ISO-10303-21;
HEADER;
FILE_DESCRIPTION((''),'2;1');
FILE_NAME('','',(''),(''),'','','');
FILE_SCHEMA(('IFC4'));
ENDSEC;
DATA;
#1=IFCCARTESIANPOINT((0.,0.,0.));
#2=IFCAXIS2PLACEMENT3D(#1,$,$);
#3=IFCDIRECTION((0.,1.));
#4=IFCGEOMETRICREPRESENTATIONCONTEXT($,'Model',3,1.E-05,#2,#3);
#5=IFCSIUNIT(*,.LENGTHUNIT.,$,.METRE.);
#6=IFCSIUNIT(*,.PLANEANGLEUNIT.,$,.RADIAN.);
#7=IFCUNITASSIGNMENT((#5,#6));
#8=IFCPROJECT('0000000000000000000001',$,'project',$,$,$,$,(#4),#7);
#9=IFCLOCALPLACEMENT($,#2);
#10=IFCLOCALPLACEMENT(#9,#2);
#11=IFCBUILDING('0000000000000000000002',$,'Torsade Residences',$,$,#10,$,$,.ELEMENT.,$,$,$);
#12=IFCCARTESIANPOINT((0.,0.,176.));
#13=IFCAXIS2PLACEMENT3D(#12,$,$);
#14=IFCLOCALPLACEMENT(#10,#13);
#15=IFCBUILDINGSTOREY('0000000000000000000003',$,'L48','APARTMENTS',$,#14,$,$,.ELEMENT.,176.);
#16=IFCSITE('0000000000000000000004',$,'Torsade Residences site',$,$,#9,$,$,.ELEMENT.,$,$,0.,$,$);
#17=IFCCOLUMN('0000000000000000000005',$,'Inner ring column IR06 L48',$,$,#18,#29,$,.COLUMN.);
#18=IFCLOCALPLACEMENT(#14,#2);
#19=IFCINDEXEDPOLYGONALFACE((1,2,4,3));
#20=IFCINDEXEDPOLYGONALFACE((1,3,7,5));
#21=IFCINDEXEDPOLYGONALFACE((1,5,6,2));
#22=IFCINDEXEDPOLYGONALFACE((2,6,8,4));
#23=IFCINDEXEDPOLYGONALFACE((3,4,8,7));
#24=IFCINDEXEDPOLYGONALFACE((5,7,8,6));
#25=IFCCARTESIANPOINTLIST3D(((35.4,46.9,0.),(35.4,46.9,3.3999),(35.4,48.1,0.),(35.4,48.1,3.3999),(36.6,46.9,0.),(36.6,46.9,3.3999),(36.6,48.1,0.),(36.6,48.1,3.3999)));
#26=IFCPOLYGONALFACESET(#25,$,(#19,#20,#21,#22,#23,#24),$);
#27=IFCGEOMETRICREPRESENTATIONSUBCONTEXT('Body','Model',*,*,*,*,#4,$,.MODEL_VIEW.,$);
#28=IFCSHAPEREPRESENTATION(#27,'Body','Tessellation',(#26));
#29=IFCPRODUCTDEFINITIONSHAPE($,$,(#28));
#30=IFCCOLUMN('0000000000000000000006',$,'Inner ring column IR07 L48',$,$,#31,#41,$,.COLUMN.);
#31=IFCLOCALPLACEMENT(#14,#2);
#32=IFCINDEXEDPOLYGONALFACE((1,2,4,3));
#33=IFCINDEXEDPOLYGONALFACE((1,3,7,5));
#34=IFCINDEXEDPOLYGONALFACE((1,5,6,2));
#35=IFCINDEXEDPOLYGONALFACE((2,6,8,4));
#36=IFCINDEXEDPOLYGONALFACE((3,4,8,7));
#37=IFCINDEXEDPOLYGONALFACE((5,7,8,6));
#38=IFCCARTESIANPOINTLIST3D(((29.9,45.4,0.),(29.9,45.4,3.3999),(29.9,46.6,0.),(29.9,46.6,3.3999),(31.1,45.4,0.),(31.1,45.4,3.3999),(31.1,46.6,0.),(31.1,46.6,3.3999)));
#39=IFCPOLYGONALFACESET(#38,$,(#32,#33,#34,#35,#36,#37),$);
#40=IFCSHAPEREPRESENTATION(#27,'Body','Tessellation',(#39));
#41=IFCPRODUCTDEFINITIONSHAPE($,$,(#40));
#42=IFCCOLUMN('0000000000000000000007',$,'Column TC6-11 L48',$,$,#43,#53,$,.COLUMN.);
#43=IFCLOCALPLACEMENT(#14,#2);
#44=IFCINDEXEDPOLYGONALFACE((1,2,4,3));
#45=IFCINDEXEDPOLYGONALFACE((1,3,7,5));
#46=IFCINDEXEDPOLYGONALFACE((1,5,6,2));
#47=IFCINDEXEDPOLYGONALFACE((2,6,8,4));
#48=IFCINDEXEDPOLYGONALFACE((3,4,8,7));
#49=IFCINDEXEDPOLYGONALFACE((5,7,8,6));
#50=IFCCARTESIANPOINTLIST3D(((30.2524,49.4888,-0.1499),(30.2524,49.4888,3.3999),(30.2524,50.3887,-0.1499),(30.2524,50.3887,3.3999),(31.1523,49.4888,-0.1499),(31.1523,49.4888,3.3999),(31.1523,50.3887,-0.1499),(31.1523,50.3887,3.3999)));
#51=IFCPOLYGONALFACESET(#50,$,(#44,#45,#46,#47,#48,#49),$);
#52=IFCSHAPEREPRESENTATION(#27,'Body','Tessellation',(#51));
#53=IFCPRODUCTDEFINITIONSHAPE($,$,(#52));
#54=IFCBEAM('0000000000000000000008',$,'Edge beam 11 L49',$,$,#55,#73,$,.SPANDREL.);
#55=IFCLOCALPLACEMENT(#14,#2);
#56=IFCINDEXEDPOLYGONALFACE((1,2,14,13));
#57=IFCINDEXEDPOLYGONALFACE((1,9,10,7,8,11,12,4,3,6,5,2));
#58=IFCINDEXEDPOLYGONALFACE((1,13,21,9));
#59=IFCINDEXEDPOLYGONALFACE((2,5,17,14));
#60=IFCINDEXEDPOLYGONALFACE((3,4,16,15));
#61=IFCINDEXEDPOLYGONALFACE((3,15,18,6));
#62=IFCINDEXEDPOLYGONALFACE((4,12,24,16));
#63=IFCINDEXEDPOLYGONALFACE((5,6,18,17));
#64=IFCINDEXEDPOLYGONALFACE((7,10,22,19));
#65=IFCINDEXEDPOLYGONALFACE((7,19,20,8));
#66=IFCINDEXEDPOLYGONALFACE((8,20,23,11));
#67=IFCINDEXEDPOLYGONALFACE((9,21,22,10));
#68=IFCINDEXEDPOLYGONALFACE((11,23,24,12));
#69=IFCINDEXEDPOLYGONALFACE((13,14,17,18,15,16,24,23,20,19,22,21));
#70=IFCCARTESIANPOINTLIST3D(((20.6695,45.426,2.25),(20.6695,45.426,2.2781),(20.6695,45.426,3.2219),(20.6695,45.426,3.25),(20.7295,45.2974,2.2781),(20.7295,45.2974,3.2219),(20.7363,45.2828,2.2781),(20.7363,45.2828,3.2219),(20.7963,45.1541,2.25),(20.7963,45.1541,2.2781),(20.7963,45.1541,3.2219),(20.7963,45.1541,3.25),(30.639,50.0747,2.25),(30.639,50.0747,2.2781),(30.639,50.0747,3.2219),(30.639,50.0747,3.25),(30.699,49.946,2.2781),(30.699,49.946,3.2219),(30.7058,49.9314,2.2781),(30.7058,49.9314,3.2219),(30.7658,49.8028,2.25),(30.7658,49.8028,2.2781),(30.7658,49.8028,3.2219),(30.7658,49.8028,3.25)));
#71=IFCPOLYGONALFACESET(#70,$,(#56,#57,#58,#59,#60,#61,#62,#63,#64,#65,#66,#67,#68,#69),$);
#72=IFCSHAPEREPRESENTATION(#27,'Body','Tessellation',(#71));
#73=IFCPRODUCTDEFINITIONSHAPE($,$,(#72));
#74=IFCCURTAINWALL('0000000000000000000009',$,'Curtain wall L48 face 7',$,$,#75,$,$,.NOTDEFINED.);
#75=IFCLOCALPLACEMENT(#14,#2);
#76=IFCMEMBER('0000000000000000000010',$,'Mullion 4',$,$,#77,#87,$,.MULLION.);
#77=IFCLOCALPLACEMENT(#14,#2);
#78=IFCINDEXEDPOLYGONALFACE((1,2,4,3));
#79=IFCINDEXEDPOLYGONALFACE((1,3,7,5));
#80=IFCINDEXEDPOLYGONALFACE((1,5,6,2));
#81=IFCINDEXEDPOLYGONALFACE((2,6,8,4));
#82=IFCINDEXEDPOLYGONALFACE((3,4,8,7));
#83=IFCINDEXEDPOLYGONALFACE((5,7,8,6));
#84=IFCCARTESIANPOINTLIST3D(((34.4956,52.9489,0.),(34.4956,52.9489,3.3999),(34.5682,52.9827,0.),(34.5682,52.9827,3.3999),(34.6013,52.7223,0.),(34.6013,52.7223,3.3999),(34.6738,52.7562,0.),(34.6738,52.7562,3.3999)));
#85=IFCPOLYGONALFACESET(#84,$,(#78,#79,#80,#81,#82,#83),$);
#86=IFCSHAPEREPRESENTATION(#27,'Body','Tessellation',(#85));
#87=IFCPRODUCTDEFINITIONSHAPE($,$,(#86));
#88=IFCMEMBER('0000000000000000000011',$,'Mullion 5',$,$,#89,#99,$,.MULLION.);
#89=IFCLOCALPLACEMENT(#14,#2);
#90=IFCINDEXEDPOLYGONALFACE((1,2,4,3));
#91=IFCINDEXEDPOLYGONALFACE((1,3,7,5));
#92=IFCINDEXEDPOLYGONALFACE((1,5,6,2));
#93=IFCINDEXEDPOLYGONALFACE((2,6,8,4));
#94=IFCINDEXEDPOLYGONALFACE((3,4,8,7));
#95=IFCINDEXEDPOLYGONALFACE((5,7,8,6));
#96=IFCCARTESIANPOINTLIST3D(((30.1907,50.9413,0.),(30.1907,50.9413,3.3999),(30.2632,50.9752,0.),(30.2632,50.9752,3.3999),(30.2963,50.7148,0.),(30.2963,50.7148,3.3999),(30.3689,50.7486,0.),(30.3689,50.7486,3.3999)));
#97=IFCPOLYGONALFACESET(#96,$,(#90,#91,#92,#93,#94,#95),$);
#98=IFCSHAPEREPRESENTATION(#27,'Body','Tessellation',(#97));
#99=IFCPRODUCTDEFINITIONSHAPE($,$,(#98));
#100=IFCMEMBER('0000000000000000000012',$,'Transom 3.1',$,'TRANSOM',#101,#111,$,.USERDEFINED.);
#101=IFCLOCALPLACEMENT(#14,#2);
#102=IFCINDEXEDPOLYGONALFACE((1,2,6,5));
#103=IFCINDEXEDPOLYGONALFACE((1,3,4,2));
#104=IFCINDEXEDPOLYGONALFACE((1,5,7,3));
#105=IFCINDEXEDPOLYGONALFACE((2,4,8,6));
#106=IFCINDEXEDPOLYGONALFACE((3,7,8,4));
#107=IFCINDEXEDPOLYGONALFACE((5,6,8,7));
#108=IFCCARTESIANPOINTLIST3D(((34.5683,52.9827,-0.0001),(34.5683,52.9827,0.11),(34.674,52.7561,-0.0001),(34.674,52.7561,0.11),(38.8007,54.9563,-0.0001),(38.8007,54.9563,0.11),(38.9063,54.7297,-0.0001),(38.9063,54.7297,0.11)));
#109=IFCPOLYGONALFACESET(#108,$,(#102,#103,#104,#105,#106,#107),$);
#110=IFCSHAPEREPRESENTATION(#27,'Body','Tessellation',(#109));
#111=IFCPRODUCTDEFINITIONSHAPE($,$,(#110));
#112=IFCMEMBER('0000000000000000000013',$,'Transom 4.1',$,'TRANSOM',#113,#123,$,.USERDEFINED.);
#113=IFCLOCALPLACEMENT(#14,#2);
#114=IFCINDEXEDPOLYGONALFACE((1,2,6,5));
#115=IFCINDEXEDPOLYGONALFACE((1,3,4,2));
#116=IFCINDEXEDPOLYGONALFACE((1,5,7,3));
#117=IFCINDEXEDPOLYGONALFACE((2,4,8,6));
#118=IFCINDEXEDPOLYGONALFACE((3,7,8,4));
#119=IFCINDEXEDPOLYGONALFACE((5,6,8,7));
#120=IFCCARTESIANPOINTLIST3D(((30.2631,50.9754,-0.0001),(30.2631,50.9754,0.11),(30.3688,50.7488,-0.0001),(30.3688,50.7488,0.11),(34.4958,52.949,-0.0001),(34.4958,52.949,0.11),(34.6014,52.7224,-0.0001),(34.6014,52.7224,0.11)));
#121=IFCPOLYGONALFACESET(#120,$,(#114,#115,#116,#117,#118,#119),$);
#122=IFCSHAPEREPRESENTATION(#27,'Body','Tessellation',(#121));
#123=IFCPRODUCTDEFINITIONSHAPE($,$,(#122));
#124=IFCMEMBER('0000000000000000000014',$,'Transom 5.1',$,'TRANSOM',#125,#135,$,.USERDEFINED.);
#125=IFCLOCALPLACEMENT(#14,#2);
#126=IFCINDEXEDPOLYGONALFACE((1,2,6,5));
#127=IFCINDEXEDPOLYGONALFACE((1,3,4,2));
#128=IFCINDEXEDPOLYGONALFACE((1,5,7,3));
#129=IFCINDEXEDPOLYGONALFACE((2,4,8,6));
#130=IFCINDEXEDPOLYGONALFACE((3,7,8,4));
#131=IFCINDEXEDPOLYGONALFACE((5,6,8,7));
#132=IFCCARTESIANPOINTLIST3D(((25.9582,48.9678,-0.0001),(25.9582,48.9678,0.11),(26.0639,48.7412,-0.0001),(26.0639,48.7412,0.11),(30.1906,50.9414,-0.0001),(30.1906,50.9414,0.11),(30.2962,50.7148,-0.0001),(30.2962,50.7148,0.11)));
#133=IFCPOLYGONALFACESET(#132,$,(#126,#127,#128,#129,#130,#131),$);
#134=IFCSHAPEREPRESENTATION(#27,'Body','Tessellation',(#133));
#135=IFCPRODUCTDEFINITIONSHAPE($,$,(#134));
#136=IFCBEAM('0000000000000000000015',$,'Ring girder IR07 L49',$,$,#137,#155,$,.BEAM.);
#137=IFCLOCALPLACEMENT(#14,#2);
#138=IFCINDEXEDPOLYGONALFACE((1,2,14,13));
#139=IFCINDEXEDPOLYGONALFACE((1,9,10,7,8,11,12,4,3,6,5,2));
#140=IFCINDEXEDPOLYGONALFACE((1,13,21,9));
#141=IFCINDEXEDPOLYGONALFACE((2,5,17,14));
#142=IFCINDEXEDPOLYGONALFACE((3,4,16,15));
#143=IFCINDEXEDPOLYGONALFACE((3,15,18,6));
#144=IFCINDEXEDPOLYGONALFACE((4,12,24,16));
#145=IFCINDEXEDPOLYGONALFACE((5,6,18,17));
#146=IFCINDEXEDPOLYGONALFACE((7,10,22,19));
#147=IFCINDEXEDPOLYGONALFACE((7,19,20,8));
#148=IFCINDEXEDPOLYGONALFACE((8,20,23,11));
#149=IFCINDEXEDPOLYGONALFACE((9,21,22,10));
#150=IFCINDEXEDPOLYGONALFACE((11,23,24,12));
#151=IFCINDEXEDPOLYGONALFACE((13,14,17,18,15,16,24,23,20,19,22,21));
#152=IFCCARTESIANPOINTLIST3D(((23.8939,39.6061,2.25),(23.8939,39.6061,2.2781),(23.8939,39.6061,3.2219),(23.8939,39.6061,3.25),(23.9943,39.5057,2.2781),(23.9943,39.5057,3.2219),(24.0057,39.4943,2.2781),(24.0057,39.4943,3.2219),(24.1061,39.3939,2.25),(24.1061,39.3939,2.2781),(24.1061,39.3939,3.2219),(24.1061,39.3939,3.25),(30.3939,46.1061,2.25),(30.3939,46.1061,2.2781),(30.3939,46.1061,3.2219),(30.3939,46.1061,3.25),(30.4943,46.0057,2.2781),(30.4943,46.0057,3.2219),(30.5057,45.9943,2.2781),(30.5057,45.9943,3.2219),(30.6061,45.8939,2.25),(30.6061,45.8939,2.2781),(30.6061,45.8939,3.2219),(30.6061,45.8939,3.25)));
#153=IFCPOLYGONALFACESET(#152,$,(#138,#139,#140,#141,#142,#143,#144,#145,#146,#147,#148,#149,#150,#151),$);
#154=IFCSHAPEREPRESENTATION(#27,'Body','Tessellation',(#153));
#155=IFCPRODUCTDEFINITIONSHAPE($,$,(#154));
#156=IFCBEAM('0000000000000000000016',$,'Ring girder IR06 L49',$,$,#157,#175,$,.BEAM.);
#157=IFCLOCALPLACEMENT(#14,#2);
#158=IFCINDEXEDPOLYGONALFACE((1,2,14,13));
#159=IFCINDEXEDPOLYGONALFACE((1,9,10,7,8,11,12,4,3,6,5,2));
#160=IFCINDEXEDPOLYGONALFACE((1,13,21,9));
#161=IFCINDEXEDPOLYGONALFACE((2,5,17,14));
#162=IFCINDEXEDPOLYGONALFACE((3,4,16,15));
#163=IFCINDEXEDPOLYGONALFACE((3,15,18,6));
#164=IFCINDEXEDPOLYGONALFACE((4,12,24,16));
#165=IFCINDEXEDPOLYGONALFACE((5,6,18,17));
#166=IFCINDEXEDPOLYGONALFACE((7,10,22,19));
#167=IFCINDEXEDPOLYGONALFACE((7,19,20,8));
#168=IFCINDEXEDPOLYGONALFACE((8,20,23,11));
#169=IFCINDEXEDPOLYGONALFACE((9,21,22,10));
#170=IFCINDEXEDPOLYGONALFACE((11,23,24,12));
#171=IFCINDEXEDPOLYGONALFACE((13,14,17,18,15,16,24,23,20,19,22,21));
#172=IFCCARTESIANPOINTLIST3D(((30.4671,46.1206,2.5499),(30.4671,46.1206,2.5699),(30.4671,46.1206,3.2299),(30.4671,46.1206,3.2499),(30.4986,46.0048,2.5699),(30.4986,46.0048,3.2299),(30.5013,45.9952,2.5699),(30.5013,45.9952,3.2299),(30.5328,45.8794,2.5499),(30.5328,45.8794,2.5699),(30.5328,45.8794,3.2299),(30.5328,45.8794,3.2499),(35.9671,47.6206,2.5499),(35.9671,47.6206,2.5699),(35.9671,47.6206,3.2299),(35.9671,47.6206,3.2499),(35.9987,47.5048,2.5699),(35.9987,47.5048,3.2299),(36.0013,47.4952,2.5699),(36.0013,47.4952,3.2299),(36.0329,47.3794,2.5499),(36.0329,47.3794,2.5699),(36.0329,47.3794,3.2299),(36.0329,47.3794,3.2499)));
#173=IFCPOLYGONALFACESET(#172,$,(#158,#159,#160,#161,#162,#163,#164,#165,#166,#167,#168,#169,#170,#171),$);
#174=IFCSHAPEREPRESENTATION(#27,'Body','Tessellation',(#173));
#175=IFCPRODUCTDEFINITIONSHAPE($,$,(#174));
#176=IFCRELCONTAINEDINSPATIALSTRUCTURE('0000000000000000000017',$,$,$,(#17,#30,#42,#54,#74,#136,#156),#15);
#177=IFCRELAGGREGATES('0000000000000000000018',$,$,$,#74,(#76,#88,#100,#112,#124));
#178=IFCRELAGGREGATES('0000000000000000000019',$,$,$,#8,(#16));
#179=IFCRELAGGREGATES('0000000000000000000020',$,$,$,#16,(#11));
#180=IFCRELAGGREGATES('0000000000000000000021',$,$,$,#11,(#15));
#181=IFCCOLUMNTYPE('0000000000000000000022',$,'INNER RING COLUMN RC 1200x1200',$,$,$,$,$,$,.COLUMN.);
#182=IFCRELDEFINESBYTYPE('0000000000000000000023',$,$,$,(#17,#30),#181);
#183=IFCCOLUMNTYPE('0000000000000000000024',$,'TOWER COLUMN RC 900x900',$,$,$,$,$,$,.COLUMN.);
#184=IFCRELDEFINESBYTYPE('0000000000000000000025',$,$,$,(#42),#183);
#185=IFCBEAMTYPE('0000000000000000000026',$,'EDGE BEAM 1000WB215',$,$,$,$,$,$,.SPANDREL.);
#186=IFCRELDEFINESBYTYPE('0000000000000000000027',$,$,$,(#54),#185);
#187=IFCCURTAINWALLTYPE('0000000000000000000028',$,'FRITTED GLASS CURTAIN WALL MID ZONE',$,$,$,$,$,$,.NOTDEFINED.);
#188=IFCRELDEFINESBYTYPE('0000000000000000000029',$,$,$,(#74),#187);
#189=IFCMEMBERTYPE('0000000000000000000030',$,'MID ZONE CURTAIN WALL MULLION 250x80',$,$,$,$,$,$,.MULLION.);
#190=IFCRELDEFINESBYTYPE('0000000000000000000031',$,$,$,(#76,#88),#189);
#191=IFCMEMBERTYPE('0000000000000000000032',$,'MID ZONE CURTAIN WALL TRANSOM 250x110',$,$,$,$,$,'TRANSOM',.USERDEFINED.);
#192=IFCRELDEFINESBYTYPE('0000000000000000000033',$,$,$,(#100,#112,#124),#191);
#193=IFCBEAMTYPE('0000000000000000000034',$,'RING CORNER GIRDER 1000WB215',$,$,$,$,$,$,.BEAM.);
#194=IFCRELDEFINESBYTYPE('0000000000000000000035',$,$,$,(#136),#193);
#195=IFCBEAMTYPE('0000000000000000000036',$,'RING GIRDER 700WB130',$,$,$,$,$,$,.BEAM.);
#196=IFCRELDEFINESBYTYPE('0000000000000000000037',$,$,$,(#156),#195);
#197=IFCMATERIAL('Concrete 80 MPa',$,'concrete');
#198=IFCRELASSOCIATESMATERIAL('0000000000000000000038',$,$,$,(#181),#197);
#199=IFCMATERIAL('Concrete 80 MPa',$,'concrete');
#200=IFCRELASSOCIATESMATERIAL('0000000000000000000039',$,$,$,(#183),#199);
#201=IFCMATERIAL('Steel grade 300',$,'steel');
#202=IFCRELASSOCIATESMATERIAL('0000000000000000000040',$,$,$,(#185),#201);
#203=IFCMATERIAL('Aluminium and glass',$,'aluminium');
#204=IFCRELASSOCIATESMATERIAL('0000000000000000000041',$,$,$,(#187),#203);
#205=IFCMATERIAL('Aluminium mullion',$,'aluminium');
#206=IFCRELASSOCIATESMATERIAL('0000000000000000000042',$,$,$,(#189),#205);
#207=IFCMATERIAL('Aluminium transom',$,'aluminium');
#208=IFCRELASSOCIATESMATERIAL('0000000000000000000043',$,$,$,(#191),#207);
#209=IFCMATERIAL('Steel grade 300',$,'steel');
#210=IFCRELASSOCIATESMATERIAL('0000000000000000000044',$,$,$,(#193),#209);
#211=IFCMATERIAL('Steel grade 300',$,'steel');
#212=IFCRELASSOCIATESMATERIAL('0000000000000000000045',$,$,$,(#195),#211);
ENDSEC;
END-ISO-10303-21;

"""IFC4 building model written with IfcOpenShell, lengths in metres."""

from ifc_helpers import new_model, si_unit, direction, frame, origin, origin_2d, place, context, subcontext, project, spatial, rectangle, i_section, extrude, material, material_profile, profile_set, type_object, element, aggregate, save


model = new_model("IFC4")

# Units and contexts
model_context = context("Model", 3, precision=1e-05, world=origin(), true_north=direction((0.0, 1.0)))
body_context = subcontext(model_context, "Body", "Model", "MODEL_VIEW")
ifc_project = project(units=[si_unit("LENGTHUNIT", "METRE"), si_unit("PLANEANGLEUNIT", "RADIAN")], contexts=[model_context])

# Site, building, storey
site_placement = place(None, origin())
site = spatial("IfcSite", under=ifc_project, at=site_placement, Name="Torsade Residences site", CompositionType="ELEMENT", RefElevation=0.0)
building_placement = place(site_placement, origin())
building = spatial("IfcBuilding", under=site, at=building_placement, Name="Torsade Residences", CompositionType="ELEMENT")
storey_placement = place(building_placement, frame((0.0, 0.0, 176.0)))
storey = spatial("IfcBuildingStorey", under=building, at=storey_placement, Name="L48", Description="APARTMENTS", CompositionType="ELEMENT", Elevation=176.0)

# Columns
ifc_material_1 = material(Name="Concrete 80 MPa", Category="concrete")
ifc_material_profile_1 = material_profile(ifc_material_1, rectangle(XDim=1.2, YDim=1.2, at=origin_2d()), Name="RC 1200x1200")
ifc_profile_set_1 = profile_set([ifc_material_profile_1], Name="Concrete 80 MPa")
column_type_1 = type_object("IfcColumnType", Name="INNER RING COLUMN RC 1200x1200", PredefinedType="COLUMN", material=ifc_profile_set_1)
for number, where, z_axis, x_axis, name in (
    (1, (36.0, 47.5, 0.0), (0.0, 0.0, 1.0), (1.0, 0.0, 0.0), "Inner ring column IR06 L48"),
    (2, (30.5, 46.0, 0.0), (0.0, 0.0, 1.0), (1.0, 0.0, 0.0), "Inner ring column IR07 L48"),
):
    element("IfcColumn", number, at=place(storey_placement, frame(where, z_axis=z_axis, x_axis=x_axis)), inside=storey, type_object=column_type_1, Name=name, PredefinedType="COLUMN", context=body_context, shape_type="SweptSolid", body=[
        extrude(rectangle(XDim=1.2, YDim=1.2, at=origin_2d()), origin(), (0.0, 0.0, 1.0), 3.3999),
    ])
ifc_material_2 = material(Name="Concrete 80 MPa", Category="concrete")
ifc_material_profile_2 = material_profile(ifc_material_2, rectangle(XDim=0.8999, YDim=0.8999, at=origin_2d()), Name="RC 900x900")
ifc_profile_set_2 = profile_set([ifc_material_profile_2], Name="Concrete 80 MPa")
column_type_2 = type_object("IfcColumnType", Name="TOWER COLUMN RC 900x900", PredefinedType="COLUMN", material=ifc_profile_set_2)
column_placement = place(storey_placement, frame((30.7024, 49.9387, -0.1499), z_axis=(0.0, 0.0, 1.0), x_axis=(1.0, 0.0, 0.0)))
element("IfcColumn", 3, at=column_placement, inside=storey, type_object=column_type_2, Name="Column TC6-11 L48", PredefinedType="COLUMN", context=body_context, shape_type="SweptSolid", body=[
    extrude(rectangle(XDim=0.8999, YDim=0.8999, at=origin_2d()), origin(), (0.0, 0.0, 1.0), 3.5498),
])

# Beam
ifc_material_3 = material(Name="Steel grade 300", Category="steel")
ifc_material_profile_3 = material_profile(ifc_material_3, i_section(OverallWidth=0.3, OverallDepth=1.0, WebThickness=0.0161, FlangeThickness=0.0281, at=origin_2d()), Name="1000WB215")
ifc_profile_set_3 = profile_set([ifc_material_profile_3], Name="Steel grade 300")
beam_type_1 = type_object("IfcBeamType", Name="EDGE BEAM 1000WB215", PredefinedType="SPANDREL", material=ifc_profile_set_3)
beam_1_placement = place(storey_placement, frame((30.7024, 49.9387, 2.75), z_axis=(-0.906314, -0.422606, 0.0), x_axis=(0.422606, -0.906314, 0.0)))
element("IfcBeam", 4, at=beam_1_placement, inside=storey, type_object=beam_type_1, Name="Edge beam 11 L49", PredefinedType="SPANDREL", context=body_context, shape_type="SweptSolid", body=[
    extrude(i_section(OverallWidth=0.3, OverallDepth=1.0, WebThickness=0.0161, FlangeThickness=0.0281, at=origin_2d()), origin(), (0.0, 0.0, 1.0), 11.0),
])

# Curtain wall, members
ifc_material_4 = material(Name="Aluminium and glass", Category="aluminium")
curtain_wall_type = type_object("IfcCurtainWallType", Name="FRITTED GLASS CURTAIN WALL MID ZONE", PredefinedType="NOTDEFINED", material=ifc_material_4)
curtain_wall_placement = place(storey_placement, origin())
curtain_wall = element("IfcCurtainWall", 5, at=curtain_wall_placement, inside=storey, type_object=curtain_wall_type, Name="Curtain wall L48 face 7", PredefinedType="NOTDEFINED")
ifc_material_5 = material(Name="Aluminium mullion", Category="aluminium")
ifc_material_profile_4 = material_profile(ifc_material_5, rectangle(XDim=0.25, YDim=0.0801, at=origin_2d()), Name="MID ZONE CURTAIN WALL MULLION 250x80")
ifc_profile_set_4 = profile_set([ifc_material_profile_4], Name="Aluminium mullion")
member_type_1 = type_object("IfcMemberType", Name="MID ZONE CURTAIN WALL MULLION 250x80", PredefinedType="MULLION", material=ifc_profile_set_4)
member_1_placement = place(storey_placement, frame((34.5847, 52.8525, 0.0), z_axis=(0.0, 0.0, 1.0), x_axis=(0.422618, -0.906308, 0.0)))
member_1 = element("IfcMember", 6, at=member_1_placement, type_object=member_type_1, Name="Mullion 4", PredefinedType="MULLION", context=body_context, shape_type="SweptSolid", body=[
    extrude(rectangle(XDim=0.25, YDim=0.0801, at=origin_2d()), origin(), (0.0, 0.0, 1.0), 3.3999),
])
member_2_placement = place(storey_placement, frame((30.2798, 50.845, 0.0), z_axis=(0.0, 0.0, 1.0), x_axis=(0.422618, -0.906308, 0.0)))
member_2 = element("IfcMember", 7, at=member_2_placement, type_object=member_type_1, Name="Mullion 5", PredefinedType="MULLION", context=body_context, shape_type="SweptSolid", body=[
    extrude(rectangle(XDim=0.25, YDim=0.0801, at=origin_2d()), origin(), (0.0, 0.0, 1.0), 3.3999),
])
ifc_material_6 = material(Name="Aluminium transom", Category="aluminium")
ifc_material_profile_5 = material_profile(ifc_material_6, rectangle(XDim=0.25, YDim=0.1101, at=origin_2d()), Name="MID ZONE CURTAIN WALL TRANSOM 250x110")
ifc_profile_set_5 = profile_set([ifc_material_profile_5], Name="Aluminium transom")
member_type_2 = type_object("IfcMemberType", Name="MID ZONE CURTAIN WALL TRANSOM 250x110", ElementType="TRANSOM", PredefinedType="USERDEFINED", material=ifc_profile_set_5)
member_3_placement = place(storey_placement, frame((38.8535, 54.843, 0.0549), z_axis=(-0.906306, -0.422622, 0.0), x_axis=(0.422622, -0.906306, 0.0)))
member_3 = element("IfcMember", 8, at=member_3_placement, type_object=member_type_2, Name="Transom 3.1", ObjectType="TRANSOM", PredefinedType="USERDEFINED", context=body_context, shape_type="SweptSolid", body=[
    extrude(rectangle(XDim=0.25, YDim=0.1101, at=origin_2d()), origin(), (0.0, 0.0, 1.0), 4.6699),
])
member_4_placement = place(storey_placement, frame((34.5486, 52.8357, 0.0549), z_axis=(-0.906315, -0.422602, 0.0), x_axis=(0.422602, -0.906315, 0.0)))
member_4 = element("IfcMember", 9, at=member_4_placement, type_object=member_type_2, Name="Transom 4.1", ObjectType="TRANSOM", PredefinedType="USERDEFINED", context=body_context, shape_type="SweptSolid", body=[
    extrude(rectangle(XDim=0.25, YDim=0.1101, at=origin_2d()), origin(), (0.0, 0.0, 1.0), 4.6702),
])
member_5_placement = place(storey_placement, frame((30.2434, 50.8281, 0.0549), z_axis=(-0.906306, -0.422622, 0.0), x_axis=(0.422622, -0.906306, 0.0)))
member_5 = element("IfcMember", 10, at=member_5_placement, type_object=member_type_2, Name="Transom 5.1", ObjectType="TRANSOM", PredefinedType="USERDEFINED", context=body_context, shape_type="SweptSolid", body=[
    extrude(rectangle(XDim=0.25, YDim=0.1101, at=origin_2d()), origin(), (0.0, 0.0, 1.0), 4.6699),
])

# Beams
ifc_material_7 = material(Name="Steel grade 300", Category="steel")
ifc_material_profile_6 = material_profile(ifc_material_7, i_section(OverallWidth=0.3, OverallDepth=1.0, WebThickness=0.0161, FlangeThickness=0.0281, at=origin_2d()), Name="1000WB215")
ifc_profile_set_6 = profile_set([ifc_material_profile_6], Name="Steel grade 300")
beam_type_2 = type_object("IfcBeamType", Name="RING CORNER GIRDER 1000WB215", PredefinedType="BEAM", material=ifc_profile_set_6)
beam_2_placement = place(storey_placement, frame((30.5, 46.0, 2.75), z_axis=(-0.707107, -0.707107, 0.0), x_axis=(0.707107, -0.707107, 0.0)))
element("IfcBeam", 11, at=beam_2_placement, inside=storey, type_object=beam_type_2, Name="Ring girder IR07 L49", PredefinedType="BEAM", context=body_context, shape_type="SweptSolid", body=[
    extrude(i_section(OverallWidth=0.3, OverallDepth=1.0, WebThickness=0.0161, FlangeThickness=0.0281, at=origin_2d()), origin(), (0.0, 0.0, 1.0), 9.1924),
])
ifc_material_8 = material(Name="Steel grade 300", Category="steel")
ifc_material_profile_7 = material_profile(ifc_material_8, i_section(OverallWidth=0.25, OverallDepth=0.7, WebThickness=0.01, FlangeThickness=0.02, at=origin_2d()), Name="700WB130")
ifc_profile_set_7 = profile_set([ifc_material_profile_7], Name="Steel grade 300")
beam_type_3 = type_object("IfcBeamType", Name="RING GIRDER 700WB130", PredefinedType="BEAM", material=ifc_profile_set_7)
beam_3_placement = place(storey_placement, frame((36.0, 47.5, 2.8999), z_axis=(-0.964764, -0.263117, 0.0), x_axis=(0.263117, -0.964764, 0.0)))
element("IfcBeam", 12, at=beam_3_placement, inside=storey, type_object=beam_type_3, Name="Ring girder IR06 L49", PredefinedType="BEAM", context=body_context, shape_type="SweptSolid", body=[
    extrude(i_section(OverallWidth=0.25, OverallDepth=0.7, WebThickness=0.01, FlangeThickness=0.02, at=origin_2d()), origin(), (0.0, 0.0, 1.0), 5.7009),
])

aggregate(curtain_wall, [member_1, member_2, member_3, member_4, member_5])

save(model, "model.ifc")
